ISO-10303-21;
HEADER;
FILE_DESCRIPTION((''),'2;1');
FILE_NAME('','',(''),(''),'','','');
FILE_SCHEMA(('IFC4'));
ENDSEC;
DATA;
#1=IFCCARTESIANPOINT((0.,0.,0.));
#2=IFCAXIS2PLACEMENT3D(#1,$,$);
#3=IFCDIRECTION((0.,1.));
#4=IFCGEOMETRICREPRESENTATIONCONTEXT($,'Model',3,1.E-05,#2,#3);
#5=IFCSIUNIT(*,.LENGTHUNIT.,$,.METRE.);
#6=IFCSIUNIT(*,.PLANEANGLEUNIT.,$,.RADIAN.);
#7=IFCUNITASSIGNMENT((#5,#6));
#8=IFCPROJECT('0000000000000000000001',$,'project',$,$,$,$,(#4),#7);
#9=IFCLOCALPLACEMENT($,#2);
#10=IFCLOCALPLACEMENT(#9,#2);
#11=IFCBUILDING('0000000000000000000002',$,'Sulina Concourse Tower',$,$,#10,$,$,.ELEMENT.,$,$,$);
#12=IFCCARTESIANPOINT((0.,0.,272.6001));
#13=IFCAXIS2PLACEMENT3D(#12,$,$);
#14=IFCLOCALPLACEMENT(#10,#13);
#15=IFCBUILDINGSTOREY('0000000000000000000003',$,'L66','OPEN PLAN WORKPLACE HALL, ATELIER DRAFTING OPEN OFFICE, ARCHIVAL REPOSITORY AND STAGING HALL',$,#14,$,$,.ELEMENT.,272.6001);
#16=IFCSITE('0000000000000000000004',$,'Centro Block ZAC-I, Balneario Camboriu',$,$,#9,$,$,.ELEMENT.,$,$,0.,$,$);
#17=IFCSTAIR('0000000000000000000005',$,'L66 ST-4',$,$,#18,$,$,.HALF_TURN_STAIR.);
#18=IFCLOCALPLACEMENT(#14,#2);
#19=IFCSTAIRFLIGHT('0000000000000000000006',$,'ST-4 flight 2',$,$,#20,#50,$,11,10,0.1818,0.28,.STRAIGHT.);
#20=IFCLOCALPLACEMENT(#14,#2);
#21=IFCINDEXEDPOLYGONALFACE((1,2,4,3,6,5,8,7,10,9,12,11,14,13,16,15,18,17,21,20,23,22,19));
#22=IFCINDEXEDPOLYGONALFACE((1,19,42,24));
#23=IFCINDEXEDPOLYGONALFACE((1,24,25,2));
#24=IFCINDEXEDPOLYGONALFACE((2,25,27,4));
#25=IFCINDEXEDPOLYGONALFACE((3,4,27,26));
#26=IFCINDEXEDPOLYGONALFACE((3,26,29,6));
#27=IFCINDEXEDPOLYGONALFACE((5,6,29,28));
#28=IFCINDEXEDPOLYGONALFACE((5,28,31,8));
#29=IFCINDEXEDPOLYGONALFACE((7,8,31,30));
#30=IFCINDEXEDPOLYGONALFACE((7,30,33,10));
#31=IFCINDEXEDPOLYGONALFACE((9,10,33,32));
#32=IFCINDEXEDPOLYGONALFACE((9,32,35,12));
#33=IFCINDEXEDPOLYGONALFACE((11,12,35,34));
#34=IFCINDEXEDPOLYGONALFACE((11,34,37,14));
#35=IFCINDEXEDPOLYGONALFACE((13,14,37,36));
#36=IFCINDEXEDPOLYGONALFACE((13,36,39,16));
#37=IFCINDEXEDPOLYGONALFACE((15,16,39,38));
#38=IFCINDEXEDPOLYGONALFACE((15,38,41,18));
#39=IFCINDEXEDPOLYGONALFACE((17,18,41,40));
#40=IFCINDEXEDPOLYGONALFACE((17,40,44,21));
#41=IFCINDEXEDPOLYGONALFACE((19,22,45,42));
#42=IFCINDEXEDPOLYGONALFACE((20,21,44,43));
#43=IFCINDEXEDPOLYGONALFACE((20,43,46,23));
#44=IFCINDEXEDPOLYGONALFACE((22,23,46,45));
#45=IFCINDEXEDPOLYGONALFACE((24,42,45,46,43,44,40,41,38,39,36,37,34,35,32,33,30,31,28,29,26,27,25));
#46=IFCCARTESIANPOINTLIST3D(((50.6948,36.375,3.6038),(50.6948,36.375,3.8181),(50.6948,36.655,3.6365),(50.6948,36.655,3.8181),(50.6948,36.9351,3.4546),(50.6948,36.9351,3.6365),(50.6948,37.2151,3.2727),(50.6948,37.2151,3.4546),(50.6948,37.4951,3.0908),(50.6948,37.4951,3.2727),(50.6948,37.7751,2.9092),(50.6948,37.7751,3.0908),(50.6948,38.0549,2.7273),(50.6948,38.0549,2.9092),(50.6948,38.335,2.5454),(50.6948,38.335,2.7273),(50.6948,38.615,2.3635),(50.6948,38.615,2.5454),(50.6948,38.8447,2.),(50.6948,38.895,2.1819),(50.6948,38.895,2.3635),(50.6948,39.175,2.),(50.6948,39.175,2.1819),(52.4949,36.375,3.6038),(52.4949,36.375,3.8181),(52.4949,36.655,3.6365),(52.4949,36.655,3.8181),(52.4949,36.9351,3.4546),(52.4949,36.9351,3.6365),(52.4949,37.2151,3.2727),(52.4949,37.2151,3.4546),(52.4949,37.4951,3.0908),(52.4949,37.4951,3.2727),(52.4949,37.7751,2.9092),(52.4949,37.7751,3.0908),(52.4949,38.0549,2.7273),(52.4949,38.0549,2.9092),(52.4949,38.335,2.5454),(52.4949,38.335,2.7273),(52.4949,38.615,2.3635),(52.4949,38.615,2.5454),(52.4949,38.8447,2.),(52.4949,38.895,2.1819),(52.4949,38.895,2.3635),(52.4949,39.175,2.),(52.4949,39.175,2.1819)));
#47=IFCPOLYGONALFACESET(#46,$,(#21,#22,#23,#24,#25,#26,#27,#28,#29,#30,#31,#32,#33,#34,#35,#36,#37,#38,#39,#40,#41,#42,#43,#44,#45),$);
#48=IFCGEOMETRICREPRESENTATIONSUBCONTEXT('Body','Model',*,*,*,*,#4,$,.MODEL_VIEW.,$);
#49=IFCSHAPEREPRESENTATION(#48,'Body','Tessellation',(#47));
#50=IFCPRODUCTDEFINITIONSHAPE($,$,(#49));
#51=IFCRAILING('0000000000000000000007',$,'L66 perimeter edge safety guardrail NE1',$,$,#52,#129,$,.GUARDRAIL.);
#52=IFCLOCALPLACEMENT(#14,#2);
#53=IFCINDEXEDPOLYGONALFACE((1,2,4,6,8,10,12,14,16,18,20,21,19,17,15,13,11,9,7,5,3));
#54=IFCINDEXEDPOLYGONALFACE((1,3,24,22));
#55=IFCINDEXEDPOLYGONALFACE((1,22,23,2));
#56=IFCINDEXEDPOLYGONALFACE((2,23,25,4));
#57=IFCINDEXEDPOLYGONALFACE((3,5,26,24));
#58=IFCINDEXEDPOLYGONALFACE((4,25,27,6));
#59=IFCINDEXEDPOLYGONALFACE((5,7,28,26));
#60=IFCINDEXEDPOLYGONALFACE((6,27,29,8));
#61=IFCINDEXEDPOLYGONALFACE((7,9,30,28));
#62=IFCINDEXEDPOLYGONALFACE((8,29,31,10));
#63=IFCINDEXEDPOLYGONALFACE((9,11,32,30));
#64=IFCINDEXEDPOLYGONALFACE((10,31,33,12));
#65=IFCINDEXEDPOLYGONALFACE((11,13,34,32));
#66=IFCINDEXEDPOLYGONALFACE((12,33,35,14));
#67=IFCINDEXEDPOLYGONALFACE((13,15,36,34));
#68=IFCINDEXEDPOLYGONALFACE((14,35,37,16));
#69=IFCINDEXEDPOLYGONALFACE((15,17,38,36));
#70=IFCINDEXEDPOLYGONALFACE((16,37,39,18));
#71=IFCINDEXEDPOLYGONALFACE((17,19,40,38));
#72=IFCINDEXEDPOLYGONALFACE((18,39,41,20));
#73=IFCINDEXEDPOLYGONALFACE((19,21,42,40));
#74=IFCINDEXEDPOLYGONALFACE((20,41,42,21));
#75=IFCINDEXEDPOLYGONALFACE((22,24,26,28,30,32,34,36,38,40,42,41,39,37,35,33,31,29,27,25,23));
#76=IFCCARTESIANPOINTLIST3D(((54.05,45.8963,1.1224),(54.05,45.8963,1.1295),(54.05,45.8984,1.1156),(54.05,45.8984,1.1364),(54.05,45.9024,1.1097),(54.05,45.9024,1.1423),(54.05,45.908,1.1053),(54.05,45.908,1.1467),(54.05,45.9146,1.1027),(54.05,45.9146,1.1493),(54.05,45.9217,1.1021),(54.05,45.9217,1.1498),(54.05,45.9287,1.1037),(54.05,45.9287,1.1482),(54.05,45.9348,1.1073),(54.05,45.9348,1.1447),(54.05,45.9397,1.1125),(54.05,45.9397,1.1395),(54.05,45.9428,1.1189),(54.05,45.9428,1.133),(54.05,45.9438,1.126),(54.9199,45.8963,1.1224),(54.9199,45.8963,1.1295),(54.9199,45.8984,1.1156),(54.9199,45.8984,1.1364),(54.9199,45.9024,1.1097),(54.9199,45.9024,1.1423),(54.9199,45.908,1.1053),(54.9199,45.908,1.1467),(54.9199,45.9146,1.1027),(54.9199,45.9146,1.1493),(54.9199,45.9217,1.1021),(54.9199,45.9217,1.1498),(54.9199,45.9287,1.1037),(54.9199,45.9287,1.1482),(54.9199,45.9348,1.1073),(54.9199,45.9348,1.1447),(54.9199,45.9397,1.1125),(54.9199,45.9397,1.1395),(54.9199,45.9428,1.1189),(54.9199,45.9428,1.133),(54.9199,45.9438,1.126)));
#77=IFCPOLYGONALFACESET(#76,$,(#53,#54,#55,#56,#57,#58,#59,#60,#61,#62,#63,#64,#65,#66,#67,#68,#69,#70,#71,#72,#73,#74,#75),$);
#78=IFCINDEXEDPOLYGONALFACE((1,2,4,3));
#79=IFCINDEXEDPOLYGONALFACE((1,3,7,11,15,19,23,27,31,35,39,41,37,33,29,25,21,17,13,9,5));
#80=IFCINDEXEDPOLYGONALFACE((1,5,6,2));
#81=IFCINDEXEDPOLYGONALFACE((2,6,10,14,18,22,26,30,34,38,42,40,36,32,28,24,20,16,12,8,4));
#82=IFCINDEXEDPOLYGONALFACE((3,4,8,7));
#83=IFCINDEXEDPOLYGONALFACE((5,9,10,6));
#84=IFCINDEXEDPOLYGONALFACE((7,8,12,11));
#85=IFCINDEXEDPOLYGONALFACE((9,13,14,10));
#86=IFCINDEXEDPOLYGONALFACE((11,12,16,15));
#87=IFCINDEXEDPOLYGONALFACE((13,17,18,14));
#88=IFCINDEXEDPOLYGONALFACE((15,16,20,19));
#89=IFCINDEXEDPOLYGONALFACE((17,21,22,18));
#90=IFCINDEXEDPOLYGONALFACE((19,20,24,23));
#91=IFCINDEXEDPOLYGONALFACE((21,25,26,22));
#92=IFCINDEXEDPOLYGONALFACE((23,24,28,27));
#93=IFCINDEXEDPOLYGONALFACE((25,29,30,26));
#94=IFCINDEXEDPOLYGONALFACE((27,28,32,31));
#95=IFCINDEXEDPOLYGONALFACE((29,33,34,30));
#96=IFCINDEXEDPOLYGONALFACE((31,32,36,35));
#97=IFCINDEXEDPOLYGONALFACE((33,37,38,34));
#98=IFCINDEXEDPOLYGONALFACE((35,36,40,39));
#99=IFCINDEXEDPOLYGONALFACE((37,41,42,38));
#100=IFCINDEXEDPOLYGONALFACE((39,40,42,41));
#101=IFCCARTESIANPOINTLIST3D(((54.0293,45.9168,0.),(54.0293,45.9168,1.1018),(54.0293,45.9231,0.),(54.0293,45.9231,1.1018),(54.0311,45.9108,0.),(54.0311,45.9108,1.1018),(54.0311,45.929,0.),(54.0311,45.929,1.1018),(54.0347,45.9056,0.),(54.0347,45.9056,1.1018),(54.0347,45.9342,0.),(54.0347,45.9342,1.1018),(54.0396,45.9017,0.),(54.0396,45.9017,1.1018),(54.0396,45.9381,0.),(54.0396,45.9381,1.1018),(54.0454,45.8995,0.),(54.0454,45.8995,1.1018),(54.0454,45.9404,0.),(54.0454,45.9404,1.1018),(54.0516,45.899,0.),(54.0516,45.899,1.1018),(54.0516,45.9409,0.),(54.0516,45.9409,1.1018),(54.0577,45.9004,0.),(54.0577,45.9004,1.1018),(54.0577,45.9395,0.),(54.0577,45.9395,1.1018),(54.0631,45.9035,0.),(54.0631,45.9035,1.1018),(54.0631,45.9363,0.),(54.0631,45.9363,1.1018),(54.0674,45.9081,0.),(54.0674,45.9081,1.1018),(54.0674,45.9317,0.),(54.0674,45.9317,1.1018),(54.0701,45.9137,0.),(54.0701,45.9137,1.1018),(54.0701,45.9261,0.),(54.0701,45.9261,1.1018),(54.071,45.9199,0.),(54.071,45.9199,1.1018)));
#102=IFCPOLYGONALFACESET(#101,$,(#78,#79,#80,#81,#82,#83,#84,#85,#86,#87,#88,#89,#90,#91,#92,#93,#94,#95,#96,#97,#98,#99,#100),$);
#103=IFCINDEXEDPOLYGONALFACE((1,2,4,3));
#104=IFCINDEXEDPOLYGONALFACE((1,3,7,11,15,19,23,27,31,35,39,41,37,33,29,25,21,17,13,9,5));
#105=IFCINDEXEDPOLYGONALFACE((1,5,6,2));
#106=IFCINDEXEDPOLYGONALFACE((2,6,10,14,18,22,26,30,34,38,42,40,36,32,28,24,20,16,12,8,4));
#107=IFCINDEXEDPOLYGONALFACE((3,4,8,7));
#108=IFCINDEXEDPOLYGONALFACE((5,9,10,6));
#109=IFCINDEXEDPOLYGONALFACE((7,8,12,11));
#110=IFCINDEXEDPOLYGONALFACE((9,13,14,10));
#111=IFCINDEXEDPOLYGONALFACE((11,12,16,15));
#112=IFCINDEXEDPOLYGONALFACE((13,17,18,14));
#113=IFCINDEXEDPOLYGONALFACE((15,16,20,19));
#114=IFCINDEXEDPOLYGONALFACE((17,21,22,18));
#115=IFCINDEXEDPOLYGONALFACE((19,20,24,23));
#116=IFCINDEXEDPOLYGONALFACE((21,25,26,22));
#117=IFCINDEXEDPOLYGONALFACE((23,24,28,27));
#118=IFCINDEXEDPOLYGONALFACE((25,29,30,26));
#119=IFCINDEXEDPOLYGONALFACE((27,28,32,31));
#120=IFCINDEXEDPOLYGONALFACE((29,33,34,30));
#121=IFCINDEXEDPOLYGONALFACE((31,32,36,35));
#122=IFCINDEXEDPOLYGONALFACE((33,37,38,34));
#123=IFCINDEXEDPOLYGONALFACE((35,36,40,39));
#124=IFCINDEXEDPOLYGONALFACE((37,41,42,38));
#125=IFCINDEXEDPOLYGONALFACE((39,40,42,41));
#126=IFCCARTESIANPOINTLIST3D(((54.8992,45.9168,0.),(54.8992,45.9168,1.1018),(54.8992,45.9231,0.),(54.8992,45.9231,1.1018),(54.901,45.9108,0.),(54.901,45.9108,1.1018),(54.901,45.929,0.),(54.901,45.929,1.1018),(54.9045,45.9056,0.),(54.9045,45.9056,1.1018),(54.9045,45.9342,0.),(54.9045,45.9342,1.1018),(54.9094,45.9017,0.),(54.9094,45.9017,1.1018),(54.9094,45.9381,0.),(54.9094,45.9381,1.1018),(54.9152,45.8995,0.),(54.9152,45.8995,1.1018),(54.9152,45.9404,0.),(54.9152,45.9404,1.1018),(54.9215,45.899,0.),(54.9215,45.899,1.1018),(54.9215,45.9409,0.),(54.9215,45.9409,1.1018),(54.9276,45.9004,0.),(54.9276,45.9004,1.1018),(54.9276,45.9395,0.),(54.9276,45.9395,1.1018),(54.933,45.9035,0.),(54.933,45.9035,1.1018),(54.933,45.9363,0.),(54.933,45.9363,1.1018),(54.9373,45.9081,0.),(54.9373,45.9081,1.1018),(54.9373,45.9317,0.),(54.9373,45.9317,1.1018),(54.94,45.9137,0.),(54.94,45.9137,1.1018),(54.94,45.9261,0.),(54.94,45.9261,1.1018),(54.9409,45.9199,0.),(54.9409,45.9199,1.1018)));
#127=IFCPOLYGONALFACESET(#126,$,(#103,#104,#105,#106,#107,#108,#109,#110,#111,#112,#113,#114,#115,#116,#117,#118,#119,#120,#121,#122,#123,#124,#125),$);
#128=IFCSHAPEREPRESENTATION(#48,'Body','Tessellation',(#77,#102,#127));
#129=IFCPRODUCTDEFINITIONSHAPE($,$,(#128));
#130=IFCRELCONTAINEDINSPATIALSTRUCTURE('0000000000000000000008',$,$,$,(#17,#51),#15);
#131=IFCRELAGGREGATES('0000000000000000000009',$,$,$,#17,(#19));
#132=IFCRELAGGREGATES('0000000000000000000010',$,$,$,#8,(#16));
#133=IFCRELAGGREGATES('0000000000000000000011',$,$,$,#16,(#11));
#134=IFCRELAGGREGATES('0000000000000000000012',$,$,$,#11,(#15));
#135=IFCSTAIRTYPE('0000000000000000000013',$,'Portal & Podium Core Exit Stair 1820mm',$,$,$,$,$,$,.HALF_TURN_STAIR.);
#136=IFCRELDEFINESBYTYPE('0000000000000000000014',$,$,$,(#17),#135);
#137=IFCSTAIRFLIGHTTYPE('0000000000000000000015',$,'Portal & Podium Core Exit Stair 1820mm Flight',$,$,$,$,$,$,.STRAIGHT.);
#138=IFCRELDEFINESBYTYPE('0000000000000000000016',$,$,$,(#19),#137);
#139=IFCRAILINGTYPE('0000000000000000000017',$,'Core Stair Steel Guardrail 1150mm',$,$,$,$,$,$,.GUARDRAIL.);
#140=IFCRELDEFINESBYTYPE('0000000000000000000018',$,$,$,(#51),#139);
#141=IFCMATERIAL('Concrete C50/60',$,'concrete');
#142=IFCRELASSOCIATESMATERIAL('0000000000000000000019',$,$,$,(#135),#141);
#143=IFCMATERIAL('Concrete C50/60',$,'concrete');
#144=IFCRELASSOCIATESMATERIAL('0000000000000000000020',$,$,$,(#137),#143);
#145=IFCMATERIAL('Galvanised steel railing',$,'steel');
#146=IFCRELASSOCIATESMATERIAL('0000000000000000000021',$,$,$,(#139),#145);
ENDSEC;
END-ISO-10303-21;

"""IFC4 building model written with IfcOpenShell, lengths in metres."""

from ifc_helpers import new_model, si_unit, direction, frame, origin, origin_2d, place, context, subcontext, project, spatial, polyline, circle, outline, extrude, material, type_object, element, aggregate, save


model = new_model("IFC4")

# Units and contexts
model_context = context("Model", 3, precision=1e-05, world=origin(), true_north=direction((0.0, 1.0)))
body_context = subcontext(model_context, "Body", "Model", "MODEL_VIEW")
ifc_project = project(units=[si_unit("LENGTHUNIT", "METRE"), si_unit("PLANEANGLEUNIT", "RADIAN")], contexts=[model_context])

# Site, building, storey
site_placement = place(None, origin())
site = spatial("IfcSite", under=ifc_project, at=site_placement, Name="Centro Block ZAC-I, Balneario Camboriu", CompositionType="ELEMENT", RefElevation=0.0)
building_placement = place(site_placement, origin())
building = spatial("IfcBuilding", under=site, at=building_placement, Name="Sulina Concourse Tower", CompositionType="ELEMENT")
storey_placement = place(building_placement, frame((0.0, 0.0, 272.6001)))
storey = spatial("IfcBuildingStorey", under=building, at=storey_placement, Name="L66", Description="OPEN PLAN WORKPLACE HALL, ATELIER DRAFTING OPEN OFFICE, ARCHIVAL REPOSITORY AND STAGING HALL", CompositionType="ELEMENT", Elevation=272.6001)

# Stair, stair flight
ifc_material_1 = material(Name="Concrete C50/60", Category="concrete")
stair_type = type_object("IfcStairType", Name="Portal & Podium Core Exit Stair 1820mm", PredefinedType="HALF_TURN_STAIR", material=ifc_material_1)
stair_placement = place(storey_placement, origin())
stair = element("IfcStair", 1, at=stair_placement, inside=storey, type_object=stair_type, Name="L66 ST-4", PredefinedType="HALF_TURN_STAIR")
ifc_material_2 = material(Name="Concrete C50/60", Category="concrete")
stair_flight_type = type_object("IfcStairFlightType", Name="Portal & Podium Core Exit Stair 1820mm Flight", PredefinedType="STRAIGHT", material=ifc_material_2)
stair_flight_placement = place(storey_placement, frame((51.595, 39.175, 2.0), z_axis=(0.0, 0.0, 1.0), x_axis=(0.0, -1.0, 0.0)))
stair_flight = element("IfcStairFlight", 2, at=stair_flight_placement, type_object=stair_flight_type, Name="ST-4 flight 2", NumberOfRisers=11, NumberOfTreads=10, PredefinedType="STRAIGHT", RiserHeight=0.1818, TreadLength=0.28, context=body_context, shape_type="SweptSolid", body=[
    extrude(outline(polyline([(0.0, 0.0), (0.0, 0.1819), (0.28, 0.1819), (0.28, 0.3635), (0.5601, 0.3635), (0.5601, 0.5454), (0.8401, 0.5454), (0.8401, 0.7273), (1.1201, 0.7273), (1.1201, 0.9092), (1.3999, 0.9092), (1.3999, 1.0908), (1.6799, 1.0908), (1.6799, 1.2727), (1.96, 1.2727), (1.96, 1.4546), (2.24, 1.4546), (2.24, 1.6365), (2.52, 1.6365), (2.52, 1.8181), (2.8, 1.8181), (2.8, 2.0), (2.8, 1.6038), (0.3303, 0.0), (0.0, 0.0)])), frame((0.0, 0.8999, 0.0), z_axis=(0.0, -1.0, 0.0), x_axis=(1.0, 0.0, 0.0)), (0.0, 0.0, 1.0), 1.8),
])
aggregate(stair, [stair_flight])

# Railing
ifc_material_3 = material(Name="Galvanised steel railing", Category="steel")
railing_type_1 = type_object("IfcRailingType", Name="Core Stair Steel Guardrail 1150mm", PredefinedType="GUARDRAIL", material=ifc_material_3)
railing_1_placement = place(storey_placement, frame((54.05, 45.9199, 0.0)))
element("IfcRailing", 3, at=railing_1_placement, inside=storey, type_object=railing_type_1, Name="L66 perimeter edge safety guardrail NE1", PredefinedType="GUARDRAIL", context=body_context, shape_type="SweptSolid", body=[
    extrude(circle(Radius=0.0239, at=origin_2d()), frame((0.0, 0.0, 1.126), z_axis=(1.0, 0.0, 0.0), x_axis=(0.0, 1.0, 0.0)), (0.0, 0.0, 1.0), 0.8699),
    extrude(circle(Radius=0.021, at=origin_2d()), origin(), (0.0, 0.0, 1.0), 1.1018),
    extrude(circle(Radius=0.021, at=origin_2d()), frame((0.8699, 0.0, 0.0)), (0.0, 0.0, 1.0), 1.1018),
])

save(model, "model.ifc")
